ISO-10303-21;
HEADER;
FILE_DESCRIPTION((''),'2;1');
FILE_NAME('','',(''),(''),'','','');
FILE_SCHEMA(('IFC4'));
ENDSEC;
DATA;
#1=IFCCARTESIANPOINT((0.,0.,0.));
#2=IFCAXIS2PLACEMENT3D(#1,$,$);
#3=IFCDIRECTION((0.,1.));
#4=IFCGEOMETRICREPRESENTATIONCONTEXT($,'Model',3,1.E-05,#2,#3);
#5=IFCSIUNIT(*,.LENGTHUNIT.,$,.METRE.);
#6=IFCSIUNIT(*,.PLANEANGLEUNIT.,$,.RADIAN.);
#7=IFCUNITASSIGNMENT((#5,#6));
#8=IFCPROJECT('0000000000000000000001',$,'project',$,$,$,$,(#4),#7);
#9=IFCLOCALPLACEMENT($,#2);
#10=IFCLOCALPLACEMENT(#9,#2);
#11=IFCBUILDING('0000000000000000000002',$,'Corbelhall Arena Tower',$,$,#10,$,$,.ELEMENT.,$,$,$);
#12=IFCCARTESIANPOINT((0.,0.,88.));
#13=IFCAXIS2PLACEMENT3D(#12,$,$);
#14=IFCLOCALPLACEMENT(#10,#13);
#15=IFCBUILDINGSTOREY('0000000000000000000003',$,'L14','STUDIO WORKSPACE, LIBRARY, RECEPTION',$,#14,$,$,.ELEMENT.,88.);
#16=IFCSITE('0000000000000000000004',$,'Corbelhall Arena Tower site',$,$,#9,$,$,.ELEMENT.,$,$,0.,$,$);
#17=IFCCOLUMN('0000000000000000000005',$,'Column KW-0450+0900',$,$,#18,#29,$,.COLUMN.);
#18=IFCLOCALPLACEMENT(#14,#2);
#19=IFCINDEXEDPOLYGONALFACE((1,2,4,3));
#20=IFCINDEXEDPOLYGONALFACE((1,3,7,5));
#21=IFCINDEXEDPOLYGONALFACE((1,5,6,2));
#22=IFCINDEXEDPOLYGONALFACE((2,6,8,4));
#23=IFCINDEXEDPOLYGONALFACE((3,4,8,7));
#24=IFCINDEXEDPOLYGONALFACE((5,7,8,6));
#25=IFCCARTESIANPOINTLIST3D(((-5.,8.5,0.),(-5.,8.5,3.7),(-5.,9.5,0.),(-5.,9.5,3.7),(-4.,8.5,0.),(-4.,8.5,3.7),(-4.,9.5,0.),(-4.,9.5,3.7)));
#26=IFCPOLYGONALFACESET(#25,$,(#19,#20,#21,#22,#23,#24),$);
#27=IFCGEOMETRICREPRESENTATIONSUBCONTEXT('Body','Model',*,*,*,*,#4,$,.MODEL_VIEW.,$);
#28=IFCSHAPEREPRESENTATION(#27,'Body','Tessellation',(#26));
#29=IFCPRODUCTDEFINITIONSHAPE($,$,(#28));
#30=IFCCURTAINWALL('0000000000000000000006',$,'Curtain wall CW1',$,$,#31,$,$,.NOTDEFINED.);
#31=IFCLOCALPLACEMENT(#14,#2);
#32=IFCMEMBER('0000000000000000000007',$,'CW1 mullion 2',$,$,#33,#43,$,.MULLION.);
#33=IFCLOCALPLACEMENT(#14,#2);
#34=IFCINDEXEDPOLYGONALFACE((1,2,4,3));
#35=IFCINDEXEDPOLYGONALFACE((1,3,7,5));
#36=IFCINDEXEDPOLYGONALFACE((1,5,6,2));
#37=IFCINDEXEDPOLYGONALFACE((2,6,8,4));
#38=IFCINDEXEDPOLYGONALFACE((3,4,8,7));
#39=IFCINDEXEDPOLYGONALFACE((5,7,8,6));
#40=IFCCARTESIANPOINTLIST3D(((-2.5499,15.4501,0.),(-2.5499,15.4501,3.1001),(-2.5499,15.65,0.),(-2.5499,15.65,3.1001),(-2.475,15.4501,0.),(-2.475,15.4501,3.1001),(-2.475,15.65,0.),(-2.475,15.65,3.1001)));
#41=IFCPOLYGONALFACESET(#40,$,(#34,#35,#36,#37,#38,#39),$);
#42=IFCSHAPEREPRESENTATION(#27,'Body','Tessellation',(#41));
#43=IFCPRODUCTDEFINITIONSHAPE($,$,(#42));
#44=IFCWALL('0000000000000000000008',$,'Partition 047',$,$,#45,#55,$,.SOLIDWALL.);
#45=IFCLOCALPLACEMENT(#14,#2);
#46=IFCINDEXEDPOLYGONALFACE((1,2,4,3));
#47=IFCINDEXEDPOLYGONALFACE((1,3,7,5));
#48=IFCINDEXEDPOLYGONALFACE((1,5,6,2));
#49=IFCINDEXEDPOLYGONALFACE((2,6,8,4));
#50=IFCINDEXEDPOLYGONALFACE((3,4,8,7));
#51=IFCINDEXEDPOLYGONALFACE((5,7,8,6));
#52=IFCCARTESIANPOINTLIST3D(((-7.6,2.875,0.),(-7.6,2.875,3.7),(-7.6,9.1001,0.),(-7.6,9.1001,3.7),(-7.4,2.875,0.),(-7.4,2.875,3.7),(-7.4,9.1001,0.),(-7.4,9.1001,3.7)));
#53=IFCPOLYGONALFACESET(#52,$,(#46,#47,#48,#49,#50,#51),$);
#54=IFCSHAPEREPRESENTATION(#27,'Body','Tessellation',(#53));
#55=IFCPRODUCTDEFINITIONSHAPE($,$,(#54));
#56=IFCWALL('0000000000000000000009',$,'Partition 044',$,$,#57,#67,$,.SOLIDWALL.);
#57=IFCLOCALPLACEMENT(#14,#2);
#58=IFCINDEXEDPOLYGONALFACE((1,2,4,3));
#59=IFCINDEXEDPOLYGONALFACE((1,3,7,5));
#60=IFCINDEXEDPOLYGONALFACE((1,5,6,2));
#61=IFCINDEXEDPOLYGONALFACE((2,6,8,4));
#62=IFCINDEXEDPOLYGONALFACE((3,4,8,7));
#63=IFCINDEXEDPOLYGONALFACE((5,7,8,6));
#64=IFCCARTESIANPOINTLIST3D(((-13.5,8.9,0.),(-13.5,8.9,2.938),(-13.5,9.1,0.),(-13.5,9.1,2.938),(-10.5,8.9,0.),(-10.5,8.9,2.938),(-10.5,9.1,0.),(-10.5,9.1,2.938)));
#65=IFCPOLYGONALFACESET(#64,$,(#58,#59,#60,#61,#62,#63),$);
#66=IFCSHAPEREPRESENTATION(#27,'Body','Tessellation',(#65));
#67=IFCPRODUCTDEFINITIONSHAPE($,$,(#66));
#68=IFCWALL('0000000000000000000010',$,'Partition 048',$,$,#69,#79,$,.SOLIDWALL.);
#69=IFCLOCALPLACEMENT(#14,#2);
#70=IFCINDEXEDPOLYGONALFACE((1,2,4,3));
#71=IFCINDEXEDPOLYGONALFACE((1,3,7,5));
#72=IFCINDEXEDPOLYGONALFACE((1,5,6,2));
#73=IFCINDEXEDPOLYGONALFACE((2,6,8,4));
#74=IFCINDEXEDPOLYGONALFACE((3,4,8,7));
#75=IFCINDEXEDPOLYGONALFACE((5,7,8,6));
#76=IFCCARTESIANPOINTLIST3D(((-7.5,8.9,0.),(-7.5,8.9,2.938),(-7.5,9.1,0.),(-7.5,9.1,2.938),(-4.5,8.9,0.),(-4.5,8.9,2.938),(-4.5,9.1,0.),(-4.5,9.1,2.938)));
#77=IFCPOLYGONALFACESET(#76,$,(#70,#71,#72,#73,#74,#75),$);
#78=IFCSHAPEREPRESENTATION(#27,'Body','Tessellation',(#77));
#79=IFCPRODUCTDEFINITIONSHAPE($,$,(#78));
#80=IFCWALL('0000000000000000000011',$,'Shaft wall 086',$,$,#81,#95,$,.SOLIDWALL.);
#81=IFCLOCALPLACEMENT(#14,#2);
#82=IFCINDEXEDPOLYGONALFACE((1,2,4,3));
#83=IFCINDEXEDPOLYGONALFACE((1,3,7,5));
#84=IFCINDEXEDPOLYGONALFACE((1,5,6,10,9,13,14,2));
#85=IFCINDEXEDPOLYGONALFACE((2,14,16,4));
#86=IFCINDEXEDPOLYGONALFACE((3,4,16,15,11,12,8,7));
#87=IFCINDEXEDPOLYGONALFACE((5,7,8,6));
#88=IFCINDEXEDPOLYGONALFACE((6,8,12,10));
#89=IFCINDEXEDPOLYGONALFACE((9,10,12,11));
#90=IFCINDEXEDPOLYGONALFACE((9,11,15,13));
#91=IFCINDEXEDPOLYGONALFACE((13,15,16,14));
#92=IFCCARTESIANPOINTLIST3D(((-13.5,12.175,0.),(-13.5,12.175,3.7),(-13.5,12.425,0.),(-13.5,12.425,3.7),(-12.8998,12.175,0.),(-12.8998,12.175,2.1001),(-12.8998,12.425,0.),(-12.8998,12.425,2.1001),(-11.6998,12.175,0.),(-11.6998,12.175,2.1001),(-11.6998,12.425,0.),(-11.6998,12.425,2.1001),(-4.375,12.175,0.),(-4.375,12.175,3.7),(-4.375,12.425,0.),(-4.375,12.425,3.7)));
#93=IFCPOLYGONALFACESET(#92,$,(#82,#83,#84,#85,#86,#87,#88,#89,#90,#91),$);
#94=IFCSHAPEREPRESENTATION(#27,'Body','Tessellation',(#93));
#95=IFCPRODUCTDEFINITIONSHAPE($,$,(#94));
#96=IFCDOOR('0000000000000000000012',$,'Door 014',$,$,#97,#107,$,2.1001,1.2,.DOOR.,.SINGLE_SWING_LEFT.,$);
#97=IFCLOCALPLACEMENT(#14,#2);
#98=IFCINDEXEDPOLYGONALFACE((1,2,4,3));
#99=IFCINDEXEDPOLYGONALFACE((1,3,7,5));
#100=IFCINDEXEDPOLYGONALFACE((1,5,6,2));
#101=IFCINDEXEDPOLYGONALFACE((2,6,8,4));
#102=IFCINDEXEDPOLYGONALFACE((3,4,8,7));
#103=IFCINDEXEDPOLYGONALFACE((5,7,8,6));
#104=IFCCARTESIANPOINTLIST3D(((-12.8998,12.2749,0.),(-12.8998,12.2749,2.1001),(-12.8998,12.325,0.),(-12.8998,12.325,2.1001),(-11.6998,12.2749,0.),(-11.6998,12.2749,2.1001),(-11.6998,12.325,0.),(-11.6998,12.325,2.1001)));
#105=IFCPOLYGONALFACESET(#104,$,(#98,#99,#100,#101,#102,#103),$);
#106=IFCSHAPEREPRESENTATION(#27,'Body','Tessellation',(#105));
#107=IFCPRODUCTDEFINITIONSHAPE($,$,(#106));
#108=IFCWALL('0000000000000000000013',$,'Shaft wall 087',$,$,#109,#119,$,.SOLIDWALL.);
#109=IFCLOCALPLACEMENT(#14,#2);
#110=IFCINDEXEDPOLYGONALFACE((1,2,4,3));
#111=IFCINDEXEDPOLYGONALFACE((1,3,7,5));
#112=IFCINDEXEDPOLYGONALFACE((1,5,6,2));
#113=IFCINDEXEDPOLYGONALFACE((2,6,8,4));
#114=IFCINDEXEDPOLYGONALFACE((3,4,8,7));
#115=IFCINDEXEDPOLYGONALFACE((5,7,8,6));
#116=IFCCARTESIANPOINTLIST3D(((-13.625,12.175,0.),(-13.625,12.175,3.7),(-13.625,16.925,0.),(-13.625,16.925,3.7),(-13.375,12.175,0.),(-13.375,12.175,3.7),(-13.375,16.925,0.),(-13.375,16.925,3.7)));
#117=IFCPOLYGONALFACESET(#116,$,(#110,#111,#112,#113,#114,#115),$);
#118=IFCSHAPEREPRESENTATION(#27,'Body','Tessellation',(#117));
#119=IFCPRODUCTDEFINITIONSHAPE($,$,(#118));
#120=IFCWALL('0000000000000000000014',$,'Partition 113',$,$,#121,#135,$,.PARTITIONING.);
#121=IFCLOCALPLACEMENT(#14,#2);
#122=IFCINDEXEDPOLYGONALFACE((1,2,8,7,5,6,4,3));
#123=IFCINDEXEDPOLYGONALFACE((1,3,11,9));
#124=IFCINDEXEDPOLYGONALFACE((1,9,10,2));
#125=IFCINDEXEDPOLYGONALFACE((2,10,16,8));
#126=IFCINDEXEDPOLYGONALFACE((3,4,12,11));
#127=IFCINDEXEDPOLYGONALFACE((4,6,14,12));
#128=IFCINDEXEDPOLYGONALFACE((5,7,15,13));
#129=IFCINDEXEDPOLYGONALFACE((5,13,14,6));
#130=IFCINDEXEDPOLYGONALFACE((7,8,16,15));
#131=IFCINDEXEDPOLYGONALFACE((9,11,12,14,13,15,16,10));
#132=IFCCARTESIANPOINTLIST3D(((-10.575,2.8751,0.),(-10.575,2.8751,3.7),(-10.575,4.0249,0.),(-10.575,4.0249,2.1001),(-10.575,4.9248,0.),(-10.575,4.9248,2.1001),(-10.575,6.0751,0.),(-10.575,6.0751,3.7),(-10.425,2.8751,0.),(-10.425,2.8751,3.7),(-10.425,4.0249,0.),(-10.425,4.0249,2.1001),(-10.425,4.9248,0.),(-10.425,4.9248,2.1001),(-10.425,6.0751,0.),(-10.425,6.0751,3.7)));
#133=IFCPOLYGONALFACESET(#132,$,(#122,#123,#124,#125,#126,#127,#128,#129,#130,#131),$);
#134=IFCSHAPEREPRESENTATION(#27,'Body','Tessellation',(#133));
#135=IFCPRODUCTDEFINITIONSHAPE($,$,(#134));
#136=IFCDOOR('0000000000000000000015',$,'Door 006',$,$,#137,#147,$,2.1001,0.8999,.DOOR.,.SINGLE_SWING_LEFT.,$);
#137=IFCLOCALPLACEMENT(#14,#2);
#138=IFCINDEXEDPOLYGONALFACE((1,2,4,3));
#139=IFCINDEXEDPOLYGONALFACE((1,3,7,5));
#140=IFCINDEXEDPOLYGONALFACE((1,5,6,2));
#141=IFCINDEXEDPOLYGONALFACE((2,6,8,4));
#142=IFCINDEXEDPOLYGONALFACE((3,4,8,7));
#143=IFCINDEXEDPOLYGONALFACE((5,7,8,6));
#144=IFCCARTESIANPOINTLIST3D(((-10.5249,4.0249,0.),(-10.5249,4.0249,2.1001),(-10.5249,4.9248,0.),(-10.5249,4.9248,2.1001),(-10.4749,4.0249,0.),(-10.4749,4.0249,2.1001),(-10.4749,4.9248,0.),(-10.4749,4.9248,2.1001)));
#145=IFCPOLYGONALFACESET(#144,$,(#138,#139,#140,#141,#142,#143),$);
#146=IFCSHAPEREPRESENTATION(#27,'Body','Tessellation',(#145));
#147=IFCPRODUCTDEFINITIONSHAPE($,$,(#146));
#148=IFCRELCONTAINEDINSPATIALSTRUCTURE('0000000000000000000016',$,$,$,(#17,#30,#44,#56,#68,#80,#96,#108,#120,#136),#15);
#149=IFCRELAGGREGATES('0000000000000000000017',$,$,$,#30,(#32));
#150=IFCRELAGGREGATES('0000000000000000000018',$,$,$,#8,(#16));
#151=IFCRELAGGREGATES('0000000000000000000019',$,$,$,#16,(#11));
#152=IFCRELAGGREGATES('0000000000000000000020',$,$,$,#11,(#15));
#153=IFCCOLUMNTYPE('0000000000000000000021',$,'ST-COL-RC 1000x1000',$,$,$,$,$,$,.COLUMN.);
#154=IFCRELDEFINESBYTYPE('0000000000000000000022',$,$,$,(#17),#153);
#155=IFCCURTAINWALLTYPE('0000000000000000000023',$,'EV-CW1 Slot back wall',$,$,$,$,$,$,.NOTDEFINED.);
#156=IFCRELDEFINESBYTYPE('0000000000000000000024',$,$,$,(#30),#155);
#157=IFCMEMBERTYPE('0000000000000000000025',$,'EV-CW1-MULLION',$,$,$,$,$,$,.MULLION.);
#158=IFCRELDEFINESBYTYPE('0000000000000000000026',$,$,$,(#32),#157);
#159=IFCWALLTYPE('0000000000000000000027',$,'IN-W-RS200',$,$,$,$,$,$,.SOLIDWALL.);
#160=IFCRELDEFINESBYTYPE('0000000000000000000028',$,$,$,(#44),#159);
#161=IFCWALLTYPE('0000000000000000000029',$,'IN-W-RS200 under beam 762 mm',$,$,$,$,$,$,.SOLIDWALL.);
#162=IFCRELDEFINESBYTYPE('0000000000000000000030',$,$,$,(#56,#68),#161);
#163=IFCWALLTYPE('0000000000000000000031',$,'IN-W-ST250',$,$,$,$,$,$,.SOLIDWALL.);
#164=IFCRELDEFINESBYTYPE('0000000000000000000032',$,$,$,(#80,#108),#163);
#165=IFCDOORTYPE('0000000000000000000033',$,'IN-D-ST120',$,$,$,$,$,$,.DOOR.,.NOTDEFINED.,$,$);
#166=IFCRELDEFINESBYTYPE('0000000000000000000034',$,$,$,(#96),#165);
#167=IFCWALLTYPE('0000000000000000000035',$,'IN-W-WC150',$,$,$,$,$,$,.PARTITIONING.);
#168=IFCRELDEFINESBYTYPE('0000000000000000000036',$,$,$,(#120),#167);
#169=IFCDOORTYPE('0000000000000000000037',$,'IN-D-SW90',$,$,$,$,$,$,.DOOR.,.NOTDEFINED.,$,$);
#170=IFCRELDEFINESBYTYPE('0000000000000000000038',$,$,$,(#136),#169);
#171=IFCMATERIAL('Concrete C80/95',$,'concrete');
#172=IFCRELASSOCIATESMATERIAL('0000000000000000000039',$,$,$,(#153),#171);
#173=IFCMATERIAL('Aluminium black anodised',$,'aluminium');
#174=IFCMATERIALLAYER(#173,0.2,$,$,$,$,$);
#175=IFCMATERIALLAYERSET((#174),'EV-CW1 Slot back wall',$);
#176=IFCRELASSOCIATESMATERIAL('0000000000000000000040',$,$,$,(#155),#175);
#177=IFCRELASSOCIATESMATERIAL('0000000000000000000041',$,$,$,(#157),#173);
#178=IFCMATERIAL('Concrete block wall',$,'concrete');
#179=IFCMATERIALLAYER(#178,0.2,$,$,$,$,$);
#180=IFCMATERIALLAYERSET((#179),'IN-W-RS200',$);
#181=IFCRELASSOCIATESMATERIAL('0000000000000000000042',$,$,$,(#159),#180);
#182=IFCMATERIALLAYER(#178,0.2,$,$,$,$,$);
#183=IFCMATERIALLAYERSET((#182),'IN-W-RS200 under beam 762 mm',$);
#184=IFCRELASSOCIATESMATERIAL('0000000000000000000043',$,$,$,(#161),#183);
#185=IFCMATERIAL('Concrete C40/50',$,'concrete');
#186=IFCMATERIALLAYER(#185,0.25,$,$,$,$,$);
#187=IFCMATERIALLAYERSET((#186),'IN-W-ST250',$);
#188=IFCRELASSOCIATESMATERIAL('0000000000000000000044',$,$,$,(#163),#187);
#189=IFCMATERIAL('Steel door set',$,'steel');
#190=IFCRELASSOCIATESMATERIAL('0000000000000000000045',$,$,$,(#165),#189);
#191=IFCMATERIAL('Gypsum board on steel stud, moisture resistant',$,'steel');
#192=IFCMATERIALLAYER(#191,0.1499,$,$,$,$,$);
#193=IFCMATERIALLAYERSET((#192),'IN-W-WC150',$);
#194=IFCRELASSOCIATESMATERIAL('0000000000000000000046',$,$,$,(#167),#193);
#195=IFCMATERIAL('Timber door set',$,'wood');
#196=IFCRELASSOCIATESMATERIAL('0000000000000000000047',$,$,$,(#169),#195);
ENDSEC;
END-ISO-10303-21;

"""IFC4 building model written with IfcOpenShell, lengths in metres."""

from ifc_helpers import new_model, si_unit, direction, frame, frame_2d, origin, origin_2d, place, context, subcontext, project, spatial, rectangle, extrude, material, layer, layer_set, material_profile, profile_set, type_object, element, fill, aggregate, save


model = new_model("IFC4")

# Units and contexts
model_context = context("Model", 3, precision=1e-05, world=origin(), true_north=direction((0.0, 1.0)))
body_context = subcontext(model_context, "Body", "Model", "MODEL_VIEW")
ifc_project = project(units=[si_unit("LENGTHUNIT", "METRE"), si_unit("PLANEANGLEUNIT", "RADIAN")], contexts=[model_context])

# Site, building, storey
site_placement = place(None, origin())
site = spatial("IfcSite", under=ifc_project, at=site_placement, Name="Corbelhall Arena Tower site", CompositionType="ELEMENT", RefElevation=0.0)
building_placement = place(site_placement, origin())
building = spatial("IfcBuilding", under=site, at=building_placement, Name="Corbelhall Arena Tower", CompositionType="ELEMENT")
storey_placement = place(building_placement, frame((0.0, 0.0, 88.0)))
storey = spatial("IfcBuildingStorey", under=building, at=storey_placement, Name="L14", Description="STUDIO WORKSPACE, LIBRARY, RECEPTION", CompositionType="ELEMENT", Elevation=88.0)

# Column
ifc_material_1 = material(Name="Concrete C80/95", Category="concrete")
ifc_material_profile_1 = material_profile(ifc_material_1, rectangle(XDim=1.0, YDim=1.0, at=origin_2d()))
ifc_profile_set_1 = profile_set([ifc_material_profile_1], Name="Concrete C80/95")
column_type = type_object("IfcColumnType", Name="ST-COL-RC 1000x1000", PredefinedType="COLUMN", material=ifc_profile_set_1)
column_placement = place(storey_placement, frame((-4.5, 9.0, 0.0), z_axis=(0.0, 0.0, 1.0), x_axis=(1.0, 0.0, 0.0)))
element("IfcColumn", 1, at=column_placement, inside=storey, type_object=column_type, Name="Column KW-0450+0900", PredefinedType="COLUMN", context=body_context, shape_type="SweptSolid", body=[
    extrude(rectangle(XDim=1.0, YDim=1.0, at=origin_2d()), origin(), (0.0, 0.0, 1.0), 3.7),
])

# Curtain wall, member
ifc_material_2 = material(Name="Aluminium black anodised", Category="aluminium")
ifc_layer_1 = layer(ifc_material_2, 0.2)
ifc_layer_set_1 = layer_set([ifc_layer_1], Name="EV-CW1 Slot back wall")
curtain_wall_type = type_object("IfcCurtainWallType", Name="EV-CW1 Slot back wall", PredefinedType="NOTDEFINED", material=ifc_layer_set_1)
curtain_wall_placement = place(storey_placement, origin())
curtain_wall = element("IfcCurtainWall", 2, at=curtain_wall_placement, inside=storey, type_object=curtain_wall_type, Name="Curtain wall CW1", PredefinedType="NOTDEFINED")
ifc_material_profile_2 = material_profile(ifc_material_2, rectangle(XDim=0.2, YDim=0.075, at=origin_2d()))
ifc_profile_set_2 = profile_set([ifc_material_profile_2], Name="Aluminium black anodised")
member_type = type_object("IfcMemberType", Name="EV-CW1-MULLION", PredefinedType="MULLION", material=ifc_profile_set_2)
member_placement = place(storey_placement, frame((-2.5125, 15.55, 0.0), z_axis=(0.0, 0.0, 1.0), x_axis=(0.0, -1.0, 0.0)))
member = element("IfcMember", 3, at=member_placement, type_object=member_type, Name="CW1 mullion 2", PredefinedType="MULLION", context=body_context, shape_type="SweptSolid", body=[
    extrude(rectangle(XDim=0.2, YDim=0.075, at=origin_2d()), origin(), (0.0, 0.0, 1.0), 3.1001),
])
aggregate(curtain_wall, [member])

# Shared definitions
ifc_material_3 = material(Name="Concrete block wall", Category="concrete")
ifc_layer_2 = layer(ifc_material_3, 0.2)
ifc_layer_set_2 = layer_set([ifc_layer_2], Name="IN-W-RS200")
wall_type_1 = type_object("IfcWallType", Name="IN-W-RS200", PredefinedType="SOLIDWALL", material=ifc_layer_set_2)
ifc_material_4 = material(Name="Steel door set", Category="steel")

# Walls
wall_1_placement = place(storey_placement, frame((-7.5, 2.875, 0.0), z_axis=(0.0, 0.0, 1.0), x_axis=(0.0, 1.0, 0.0)))
element("IfcWall", 4, at=wall_1_placement, inside=storey, type_object=wall_type_1, Name="Partition 047", PredefinedType="SOLIDWALL", context=body_context, shape_type="SweptSolid", body=[
    extrude(rectangle(XDim=6.2251, YDim=0.2, at=frame_2d((3.1125, 0.0))), origin(), (0.0, 0.0, 1.0), 3.7),
])
ifc_layer_3 = layer(ifc_material_3, 0.2)
ifc_layer_set_3 = layer_set([ifc_layer_3], Name="IN-W-RS200 under beam 762 mm")
wall_type_2 = type_object("IfcWallType", Name="IN-W-RS200 under beam 762 mm", PredefinedType="SOLIDWALL", material=ifc_layer_set_3)
for number, where, z_axis, x_axis, name in (
    (5, (-13.5, 9.0, 0.0), (0.0, 0.0, 1.0), (1.0, 0.0, 0.0), "Partition 044"),
    (6, (-7.5, 9.0, 0.0), (0.0, 0.0, 1.0), (1.0, 0.0, 0.0), "Partition 048"),
):
    element("IfcWall", number, at=place(storey_placement, frame(where, z_axis=z_axis, x_axis=x_axis)), inside=storey, type_object=wall_type_2, Name=name, PredefinedType="SOLIDWALL", context=body_context, shape_type="SweptSolid", body=[
        extrude(rectangle(XDim=3.0, YDim=0.2, at=frame_2d((1.5, 0.0))), origin(), (0.0, 0.0, 1.0), 2.938),
    ])

# Wall, opening, door
ifc_material_5 = material(Name="Concrete C40/50", Category="concrete")
ifc_layer_4 = layer(ifc_material_5, 0.25)
ifc_layer_set_4 = layer_set([ifc_layer_4], Name="IN-W-ST250")
wall_type_3 = type_object("IfcWallType", Name="IN-W-ST250", PredefinedType="SOLIDWALL", material=ifc_layer_set_4)
wall_2_placement = place(storey_placement, frame((-13.5, 12.3, 0.0), z_axis=(0.0, 0.0, 1.0), x_axis=(1.0, 0.0, 0.0)))
wall_2 = element("IfcWall", 7, at=wall_2_placement, inside=storey, type_object=wall_type_3, Name="Shaft wall 086", PredefinedType="SOLIDWALL", context=body_context, shape_type="SweptSolid", body=[
    extrude(rectangle(XDim=9.125, YDim=0.25, at=frame_2d((4.5625, 0.0))), origin(), (0.0, 0.0, 1.0), 3.7),
])
opening_1_placement = place(wall_2_placement, frame((0.6001, 0.0, 0.0)))
opening_1 = element("IfcOpeningElement", 8, at=opening_1_placement, cuts=wall_2, PredefinedType="OPENING", context=body_context, shape_type="SweptSolid", body=[
    extrude(rectangle(XDim=1.2, YDim=2.1001, at=frame_2d((0.6001, 1.05))), frame((0.0, 0.125, 0.0), z_axis=(0.0, -1.0, 0.0), x_axis=(1.0, 0.0, 0.0)), (0.0, 0.0, 1.0), 0.25),
])
door_type_1 = type_object("IfcDoorType", Name="IN-D-ST120", OperationType="NOTDEFINED", PredefinedType="DOOR", material=ifc_material_4)
door_1_placement = place(opening_1_placement, origin())
door_1 = element("IfcDoor", 9, at=door_1_placement, inside=storey, type_object=door_type_1, Name="Door 014", OperationType="SINGLE_SWING_LEFT", OverallHeight=2.1001, OverallWidth=1.2, PredefinedType="DOOR", context=body_context, shape_type="SweptSolid", body=[
    extrude(rectangle(XDim=1.2, YDim=2.1001, at=frame_2d((0.6001, 1.05))), frame((0.0, 0.0249, 0.0), z_axis=(0.0, -1.0, 0.0), x_axis=(1.0, 0.0, 0.0)), (0.0, 0.0, 1.0), 0.05),
])
fill(opening_1, door_1)

# Wall
wall_3_placement = place(storey_placement, frame((-13.5, 12.175, 0.0), z_axis=(0.0, 0.0, 1.0), x_axis=(0.0, 1.0, 0.0)))
element("IfcWall", 10, at=wall_3_placement, inside=storey, type_object=wall_type_3, Name="Shaft wall 087", PredefinedType="SOLIDWALL", context=body_context, shape_type="SweptSolid", body=[
    extrude(rectangle(XDim=4.75, YDim=0.25, at=frame_2d((2.375, 0.0))), origin(), (0.0, 0.0, 1.0), 3.7),
])

# Wall, opening, door
ifc_material_6 = material(Name="Gypsum board on steel stud, moisture resistant", Category="steel")
ifc_layer_5 = layer(ifc_material_6, 0.1499)
ifc_layer_set_5 = layer_set([ifc_layer_5], Name="IN-W-WC150")
wall_type_4 = type_object("IfcWallType", Name="IN-W-WC150", PredefinedType="PARTITIONING", material=ifc_layer_set_5)
wall_4_placement = place(storey_placement, frame((-10.5, 2.875, 0.0), z_axis=(0.0, 0.0, 1.0), x_axis=(0.0, 1.0, 0.0)))
wall_4 = element("IfcWall", 11, at=wall_4_placement, inside=storey, type_object=wall_type_4, Name="Partition 113", PredefinedType="PARTITIONING", context=body_context, shape_type="SweptSolid", body=[
    extrude(rectangle(XDim=3.2, YDim=0.1499, at=frame_2d((1.6001, 0.0))), origin(), (0.0, 0.0, 1.0), 3.7),
])
opening_2_placement = place(wall_4_placement, frame((1.1499, 0.0, 0.0)))
opening_2 = element("IfcOpeningElement", 12, at=opening_2_placement, cuts=wall_4, PredefinedType="OPENING", context=body_context, shape_type="SweptSolid", body=[
    extrude(rectangle(XDim=0.8999, YDim=2.1001, at=frame_2d((0.45, 1.05))), frame((0.0, 0.075, 0.0), z_axis=(0.0, -1.0, 0.0), x_axis=(1.0, 0.0, 0.0)), (0.0, 0.0, 1.0), 0.1499),
])
ifc_material_7 = material(Name="Timber door set", Category="wood")
door_type_2 = type_object("IfcDoorType", Name="IN-D-SW90", OperationType="NOTDEFINED", PredefinedType="DOOR", material=ifc_material_7)
door_2_placement = place(opening_2_placement, origin())
door_2 = element("IfcDoor", 13, at=door_2_placement, inside=storey, type_object=door_type_2, Name="Door 006", OperationType="SINGLE_SWING_LEFT", OverallHeight=2.1001, OverallWidth=0.8999, PredefinedType="DOOR", context=body_context, shape_type="SweptSolid", body=[
    extrude(rectangle(XDim=0.8999, YDim=2.1001, at=frame_2d((0.45, 1.05))), frame((0.0, 0.0249, 0.0), z_axis=(0.0, -1.0, 0.0), x_axis=(1.0, 0.0, 0.0)), (0.0, 0.0, 1.0), 0.05),
])
fill(opening_2, door_2)

save(model, "model.ifc")
